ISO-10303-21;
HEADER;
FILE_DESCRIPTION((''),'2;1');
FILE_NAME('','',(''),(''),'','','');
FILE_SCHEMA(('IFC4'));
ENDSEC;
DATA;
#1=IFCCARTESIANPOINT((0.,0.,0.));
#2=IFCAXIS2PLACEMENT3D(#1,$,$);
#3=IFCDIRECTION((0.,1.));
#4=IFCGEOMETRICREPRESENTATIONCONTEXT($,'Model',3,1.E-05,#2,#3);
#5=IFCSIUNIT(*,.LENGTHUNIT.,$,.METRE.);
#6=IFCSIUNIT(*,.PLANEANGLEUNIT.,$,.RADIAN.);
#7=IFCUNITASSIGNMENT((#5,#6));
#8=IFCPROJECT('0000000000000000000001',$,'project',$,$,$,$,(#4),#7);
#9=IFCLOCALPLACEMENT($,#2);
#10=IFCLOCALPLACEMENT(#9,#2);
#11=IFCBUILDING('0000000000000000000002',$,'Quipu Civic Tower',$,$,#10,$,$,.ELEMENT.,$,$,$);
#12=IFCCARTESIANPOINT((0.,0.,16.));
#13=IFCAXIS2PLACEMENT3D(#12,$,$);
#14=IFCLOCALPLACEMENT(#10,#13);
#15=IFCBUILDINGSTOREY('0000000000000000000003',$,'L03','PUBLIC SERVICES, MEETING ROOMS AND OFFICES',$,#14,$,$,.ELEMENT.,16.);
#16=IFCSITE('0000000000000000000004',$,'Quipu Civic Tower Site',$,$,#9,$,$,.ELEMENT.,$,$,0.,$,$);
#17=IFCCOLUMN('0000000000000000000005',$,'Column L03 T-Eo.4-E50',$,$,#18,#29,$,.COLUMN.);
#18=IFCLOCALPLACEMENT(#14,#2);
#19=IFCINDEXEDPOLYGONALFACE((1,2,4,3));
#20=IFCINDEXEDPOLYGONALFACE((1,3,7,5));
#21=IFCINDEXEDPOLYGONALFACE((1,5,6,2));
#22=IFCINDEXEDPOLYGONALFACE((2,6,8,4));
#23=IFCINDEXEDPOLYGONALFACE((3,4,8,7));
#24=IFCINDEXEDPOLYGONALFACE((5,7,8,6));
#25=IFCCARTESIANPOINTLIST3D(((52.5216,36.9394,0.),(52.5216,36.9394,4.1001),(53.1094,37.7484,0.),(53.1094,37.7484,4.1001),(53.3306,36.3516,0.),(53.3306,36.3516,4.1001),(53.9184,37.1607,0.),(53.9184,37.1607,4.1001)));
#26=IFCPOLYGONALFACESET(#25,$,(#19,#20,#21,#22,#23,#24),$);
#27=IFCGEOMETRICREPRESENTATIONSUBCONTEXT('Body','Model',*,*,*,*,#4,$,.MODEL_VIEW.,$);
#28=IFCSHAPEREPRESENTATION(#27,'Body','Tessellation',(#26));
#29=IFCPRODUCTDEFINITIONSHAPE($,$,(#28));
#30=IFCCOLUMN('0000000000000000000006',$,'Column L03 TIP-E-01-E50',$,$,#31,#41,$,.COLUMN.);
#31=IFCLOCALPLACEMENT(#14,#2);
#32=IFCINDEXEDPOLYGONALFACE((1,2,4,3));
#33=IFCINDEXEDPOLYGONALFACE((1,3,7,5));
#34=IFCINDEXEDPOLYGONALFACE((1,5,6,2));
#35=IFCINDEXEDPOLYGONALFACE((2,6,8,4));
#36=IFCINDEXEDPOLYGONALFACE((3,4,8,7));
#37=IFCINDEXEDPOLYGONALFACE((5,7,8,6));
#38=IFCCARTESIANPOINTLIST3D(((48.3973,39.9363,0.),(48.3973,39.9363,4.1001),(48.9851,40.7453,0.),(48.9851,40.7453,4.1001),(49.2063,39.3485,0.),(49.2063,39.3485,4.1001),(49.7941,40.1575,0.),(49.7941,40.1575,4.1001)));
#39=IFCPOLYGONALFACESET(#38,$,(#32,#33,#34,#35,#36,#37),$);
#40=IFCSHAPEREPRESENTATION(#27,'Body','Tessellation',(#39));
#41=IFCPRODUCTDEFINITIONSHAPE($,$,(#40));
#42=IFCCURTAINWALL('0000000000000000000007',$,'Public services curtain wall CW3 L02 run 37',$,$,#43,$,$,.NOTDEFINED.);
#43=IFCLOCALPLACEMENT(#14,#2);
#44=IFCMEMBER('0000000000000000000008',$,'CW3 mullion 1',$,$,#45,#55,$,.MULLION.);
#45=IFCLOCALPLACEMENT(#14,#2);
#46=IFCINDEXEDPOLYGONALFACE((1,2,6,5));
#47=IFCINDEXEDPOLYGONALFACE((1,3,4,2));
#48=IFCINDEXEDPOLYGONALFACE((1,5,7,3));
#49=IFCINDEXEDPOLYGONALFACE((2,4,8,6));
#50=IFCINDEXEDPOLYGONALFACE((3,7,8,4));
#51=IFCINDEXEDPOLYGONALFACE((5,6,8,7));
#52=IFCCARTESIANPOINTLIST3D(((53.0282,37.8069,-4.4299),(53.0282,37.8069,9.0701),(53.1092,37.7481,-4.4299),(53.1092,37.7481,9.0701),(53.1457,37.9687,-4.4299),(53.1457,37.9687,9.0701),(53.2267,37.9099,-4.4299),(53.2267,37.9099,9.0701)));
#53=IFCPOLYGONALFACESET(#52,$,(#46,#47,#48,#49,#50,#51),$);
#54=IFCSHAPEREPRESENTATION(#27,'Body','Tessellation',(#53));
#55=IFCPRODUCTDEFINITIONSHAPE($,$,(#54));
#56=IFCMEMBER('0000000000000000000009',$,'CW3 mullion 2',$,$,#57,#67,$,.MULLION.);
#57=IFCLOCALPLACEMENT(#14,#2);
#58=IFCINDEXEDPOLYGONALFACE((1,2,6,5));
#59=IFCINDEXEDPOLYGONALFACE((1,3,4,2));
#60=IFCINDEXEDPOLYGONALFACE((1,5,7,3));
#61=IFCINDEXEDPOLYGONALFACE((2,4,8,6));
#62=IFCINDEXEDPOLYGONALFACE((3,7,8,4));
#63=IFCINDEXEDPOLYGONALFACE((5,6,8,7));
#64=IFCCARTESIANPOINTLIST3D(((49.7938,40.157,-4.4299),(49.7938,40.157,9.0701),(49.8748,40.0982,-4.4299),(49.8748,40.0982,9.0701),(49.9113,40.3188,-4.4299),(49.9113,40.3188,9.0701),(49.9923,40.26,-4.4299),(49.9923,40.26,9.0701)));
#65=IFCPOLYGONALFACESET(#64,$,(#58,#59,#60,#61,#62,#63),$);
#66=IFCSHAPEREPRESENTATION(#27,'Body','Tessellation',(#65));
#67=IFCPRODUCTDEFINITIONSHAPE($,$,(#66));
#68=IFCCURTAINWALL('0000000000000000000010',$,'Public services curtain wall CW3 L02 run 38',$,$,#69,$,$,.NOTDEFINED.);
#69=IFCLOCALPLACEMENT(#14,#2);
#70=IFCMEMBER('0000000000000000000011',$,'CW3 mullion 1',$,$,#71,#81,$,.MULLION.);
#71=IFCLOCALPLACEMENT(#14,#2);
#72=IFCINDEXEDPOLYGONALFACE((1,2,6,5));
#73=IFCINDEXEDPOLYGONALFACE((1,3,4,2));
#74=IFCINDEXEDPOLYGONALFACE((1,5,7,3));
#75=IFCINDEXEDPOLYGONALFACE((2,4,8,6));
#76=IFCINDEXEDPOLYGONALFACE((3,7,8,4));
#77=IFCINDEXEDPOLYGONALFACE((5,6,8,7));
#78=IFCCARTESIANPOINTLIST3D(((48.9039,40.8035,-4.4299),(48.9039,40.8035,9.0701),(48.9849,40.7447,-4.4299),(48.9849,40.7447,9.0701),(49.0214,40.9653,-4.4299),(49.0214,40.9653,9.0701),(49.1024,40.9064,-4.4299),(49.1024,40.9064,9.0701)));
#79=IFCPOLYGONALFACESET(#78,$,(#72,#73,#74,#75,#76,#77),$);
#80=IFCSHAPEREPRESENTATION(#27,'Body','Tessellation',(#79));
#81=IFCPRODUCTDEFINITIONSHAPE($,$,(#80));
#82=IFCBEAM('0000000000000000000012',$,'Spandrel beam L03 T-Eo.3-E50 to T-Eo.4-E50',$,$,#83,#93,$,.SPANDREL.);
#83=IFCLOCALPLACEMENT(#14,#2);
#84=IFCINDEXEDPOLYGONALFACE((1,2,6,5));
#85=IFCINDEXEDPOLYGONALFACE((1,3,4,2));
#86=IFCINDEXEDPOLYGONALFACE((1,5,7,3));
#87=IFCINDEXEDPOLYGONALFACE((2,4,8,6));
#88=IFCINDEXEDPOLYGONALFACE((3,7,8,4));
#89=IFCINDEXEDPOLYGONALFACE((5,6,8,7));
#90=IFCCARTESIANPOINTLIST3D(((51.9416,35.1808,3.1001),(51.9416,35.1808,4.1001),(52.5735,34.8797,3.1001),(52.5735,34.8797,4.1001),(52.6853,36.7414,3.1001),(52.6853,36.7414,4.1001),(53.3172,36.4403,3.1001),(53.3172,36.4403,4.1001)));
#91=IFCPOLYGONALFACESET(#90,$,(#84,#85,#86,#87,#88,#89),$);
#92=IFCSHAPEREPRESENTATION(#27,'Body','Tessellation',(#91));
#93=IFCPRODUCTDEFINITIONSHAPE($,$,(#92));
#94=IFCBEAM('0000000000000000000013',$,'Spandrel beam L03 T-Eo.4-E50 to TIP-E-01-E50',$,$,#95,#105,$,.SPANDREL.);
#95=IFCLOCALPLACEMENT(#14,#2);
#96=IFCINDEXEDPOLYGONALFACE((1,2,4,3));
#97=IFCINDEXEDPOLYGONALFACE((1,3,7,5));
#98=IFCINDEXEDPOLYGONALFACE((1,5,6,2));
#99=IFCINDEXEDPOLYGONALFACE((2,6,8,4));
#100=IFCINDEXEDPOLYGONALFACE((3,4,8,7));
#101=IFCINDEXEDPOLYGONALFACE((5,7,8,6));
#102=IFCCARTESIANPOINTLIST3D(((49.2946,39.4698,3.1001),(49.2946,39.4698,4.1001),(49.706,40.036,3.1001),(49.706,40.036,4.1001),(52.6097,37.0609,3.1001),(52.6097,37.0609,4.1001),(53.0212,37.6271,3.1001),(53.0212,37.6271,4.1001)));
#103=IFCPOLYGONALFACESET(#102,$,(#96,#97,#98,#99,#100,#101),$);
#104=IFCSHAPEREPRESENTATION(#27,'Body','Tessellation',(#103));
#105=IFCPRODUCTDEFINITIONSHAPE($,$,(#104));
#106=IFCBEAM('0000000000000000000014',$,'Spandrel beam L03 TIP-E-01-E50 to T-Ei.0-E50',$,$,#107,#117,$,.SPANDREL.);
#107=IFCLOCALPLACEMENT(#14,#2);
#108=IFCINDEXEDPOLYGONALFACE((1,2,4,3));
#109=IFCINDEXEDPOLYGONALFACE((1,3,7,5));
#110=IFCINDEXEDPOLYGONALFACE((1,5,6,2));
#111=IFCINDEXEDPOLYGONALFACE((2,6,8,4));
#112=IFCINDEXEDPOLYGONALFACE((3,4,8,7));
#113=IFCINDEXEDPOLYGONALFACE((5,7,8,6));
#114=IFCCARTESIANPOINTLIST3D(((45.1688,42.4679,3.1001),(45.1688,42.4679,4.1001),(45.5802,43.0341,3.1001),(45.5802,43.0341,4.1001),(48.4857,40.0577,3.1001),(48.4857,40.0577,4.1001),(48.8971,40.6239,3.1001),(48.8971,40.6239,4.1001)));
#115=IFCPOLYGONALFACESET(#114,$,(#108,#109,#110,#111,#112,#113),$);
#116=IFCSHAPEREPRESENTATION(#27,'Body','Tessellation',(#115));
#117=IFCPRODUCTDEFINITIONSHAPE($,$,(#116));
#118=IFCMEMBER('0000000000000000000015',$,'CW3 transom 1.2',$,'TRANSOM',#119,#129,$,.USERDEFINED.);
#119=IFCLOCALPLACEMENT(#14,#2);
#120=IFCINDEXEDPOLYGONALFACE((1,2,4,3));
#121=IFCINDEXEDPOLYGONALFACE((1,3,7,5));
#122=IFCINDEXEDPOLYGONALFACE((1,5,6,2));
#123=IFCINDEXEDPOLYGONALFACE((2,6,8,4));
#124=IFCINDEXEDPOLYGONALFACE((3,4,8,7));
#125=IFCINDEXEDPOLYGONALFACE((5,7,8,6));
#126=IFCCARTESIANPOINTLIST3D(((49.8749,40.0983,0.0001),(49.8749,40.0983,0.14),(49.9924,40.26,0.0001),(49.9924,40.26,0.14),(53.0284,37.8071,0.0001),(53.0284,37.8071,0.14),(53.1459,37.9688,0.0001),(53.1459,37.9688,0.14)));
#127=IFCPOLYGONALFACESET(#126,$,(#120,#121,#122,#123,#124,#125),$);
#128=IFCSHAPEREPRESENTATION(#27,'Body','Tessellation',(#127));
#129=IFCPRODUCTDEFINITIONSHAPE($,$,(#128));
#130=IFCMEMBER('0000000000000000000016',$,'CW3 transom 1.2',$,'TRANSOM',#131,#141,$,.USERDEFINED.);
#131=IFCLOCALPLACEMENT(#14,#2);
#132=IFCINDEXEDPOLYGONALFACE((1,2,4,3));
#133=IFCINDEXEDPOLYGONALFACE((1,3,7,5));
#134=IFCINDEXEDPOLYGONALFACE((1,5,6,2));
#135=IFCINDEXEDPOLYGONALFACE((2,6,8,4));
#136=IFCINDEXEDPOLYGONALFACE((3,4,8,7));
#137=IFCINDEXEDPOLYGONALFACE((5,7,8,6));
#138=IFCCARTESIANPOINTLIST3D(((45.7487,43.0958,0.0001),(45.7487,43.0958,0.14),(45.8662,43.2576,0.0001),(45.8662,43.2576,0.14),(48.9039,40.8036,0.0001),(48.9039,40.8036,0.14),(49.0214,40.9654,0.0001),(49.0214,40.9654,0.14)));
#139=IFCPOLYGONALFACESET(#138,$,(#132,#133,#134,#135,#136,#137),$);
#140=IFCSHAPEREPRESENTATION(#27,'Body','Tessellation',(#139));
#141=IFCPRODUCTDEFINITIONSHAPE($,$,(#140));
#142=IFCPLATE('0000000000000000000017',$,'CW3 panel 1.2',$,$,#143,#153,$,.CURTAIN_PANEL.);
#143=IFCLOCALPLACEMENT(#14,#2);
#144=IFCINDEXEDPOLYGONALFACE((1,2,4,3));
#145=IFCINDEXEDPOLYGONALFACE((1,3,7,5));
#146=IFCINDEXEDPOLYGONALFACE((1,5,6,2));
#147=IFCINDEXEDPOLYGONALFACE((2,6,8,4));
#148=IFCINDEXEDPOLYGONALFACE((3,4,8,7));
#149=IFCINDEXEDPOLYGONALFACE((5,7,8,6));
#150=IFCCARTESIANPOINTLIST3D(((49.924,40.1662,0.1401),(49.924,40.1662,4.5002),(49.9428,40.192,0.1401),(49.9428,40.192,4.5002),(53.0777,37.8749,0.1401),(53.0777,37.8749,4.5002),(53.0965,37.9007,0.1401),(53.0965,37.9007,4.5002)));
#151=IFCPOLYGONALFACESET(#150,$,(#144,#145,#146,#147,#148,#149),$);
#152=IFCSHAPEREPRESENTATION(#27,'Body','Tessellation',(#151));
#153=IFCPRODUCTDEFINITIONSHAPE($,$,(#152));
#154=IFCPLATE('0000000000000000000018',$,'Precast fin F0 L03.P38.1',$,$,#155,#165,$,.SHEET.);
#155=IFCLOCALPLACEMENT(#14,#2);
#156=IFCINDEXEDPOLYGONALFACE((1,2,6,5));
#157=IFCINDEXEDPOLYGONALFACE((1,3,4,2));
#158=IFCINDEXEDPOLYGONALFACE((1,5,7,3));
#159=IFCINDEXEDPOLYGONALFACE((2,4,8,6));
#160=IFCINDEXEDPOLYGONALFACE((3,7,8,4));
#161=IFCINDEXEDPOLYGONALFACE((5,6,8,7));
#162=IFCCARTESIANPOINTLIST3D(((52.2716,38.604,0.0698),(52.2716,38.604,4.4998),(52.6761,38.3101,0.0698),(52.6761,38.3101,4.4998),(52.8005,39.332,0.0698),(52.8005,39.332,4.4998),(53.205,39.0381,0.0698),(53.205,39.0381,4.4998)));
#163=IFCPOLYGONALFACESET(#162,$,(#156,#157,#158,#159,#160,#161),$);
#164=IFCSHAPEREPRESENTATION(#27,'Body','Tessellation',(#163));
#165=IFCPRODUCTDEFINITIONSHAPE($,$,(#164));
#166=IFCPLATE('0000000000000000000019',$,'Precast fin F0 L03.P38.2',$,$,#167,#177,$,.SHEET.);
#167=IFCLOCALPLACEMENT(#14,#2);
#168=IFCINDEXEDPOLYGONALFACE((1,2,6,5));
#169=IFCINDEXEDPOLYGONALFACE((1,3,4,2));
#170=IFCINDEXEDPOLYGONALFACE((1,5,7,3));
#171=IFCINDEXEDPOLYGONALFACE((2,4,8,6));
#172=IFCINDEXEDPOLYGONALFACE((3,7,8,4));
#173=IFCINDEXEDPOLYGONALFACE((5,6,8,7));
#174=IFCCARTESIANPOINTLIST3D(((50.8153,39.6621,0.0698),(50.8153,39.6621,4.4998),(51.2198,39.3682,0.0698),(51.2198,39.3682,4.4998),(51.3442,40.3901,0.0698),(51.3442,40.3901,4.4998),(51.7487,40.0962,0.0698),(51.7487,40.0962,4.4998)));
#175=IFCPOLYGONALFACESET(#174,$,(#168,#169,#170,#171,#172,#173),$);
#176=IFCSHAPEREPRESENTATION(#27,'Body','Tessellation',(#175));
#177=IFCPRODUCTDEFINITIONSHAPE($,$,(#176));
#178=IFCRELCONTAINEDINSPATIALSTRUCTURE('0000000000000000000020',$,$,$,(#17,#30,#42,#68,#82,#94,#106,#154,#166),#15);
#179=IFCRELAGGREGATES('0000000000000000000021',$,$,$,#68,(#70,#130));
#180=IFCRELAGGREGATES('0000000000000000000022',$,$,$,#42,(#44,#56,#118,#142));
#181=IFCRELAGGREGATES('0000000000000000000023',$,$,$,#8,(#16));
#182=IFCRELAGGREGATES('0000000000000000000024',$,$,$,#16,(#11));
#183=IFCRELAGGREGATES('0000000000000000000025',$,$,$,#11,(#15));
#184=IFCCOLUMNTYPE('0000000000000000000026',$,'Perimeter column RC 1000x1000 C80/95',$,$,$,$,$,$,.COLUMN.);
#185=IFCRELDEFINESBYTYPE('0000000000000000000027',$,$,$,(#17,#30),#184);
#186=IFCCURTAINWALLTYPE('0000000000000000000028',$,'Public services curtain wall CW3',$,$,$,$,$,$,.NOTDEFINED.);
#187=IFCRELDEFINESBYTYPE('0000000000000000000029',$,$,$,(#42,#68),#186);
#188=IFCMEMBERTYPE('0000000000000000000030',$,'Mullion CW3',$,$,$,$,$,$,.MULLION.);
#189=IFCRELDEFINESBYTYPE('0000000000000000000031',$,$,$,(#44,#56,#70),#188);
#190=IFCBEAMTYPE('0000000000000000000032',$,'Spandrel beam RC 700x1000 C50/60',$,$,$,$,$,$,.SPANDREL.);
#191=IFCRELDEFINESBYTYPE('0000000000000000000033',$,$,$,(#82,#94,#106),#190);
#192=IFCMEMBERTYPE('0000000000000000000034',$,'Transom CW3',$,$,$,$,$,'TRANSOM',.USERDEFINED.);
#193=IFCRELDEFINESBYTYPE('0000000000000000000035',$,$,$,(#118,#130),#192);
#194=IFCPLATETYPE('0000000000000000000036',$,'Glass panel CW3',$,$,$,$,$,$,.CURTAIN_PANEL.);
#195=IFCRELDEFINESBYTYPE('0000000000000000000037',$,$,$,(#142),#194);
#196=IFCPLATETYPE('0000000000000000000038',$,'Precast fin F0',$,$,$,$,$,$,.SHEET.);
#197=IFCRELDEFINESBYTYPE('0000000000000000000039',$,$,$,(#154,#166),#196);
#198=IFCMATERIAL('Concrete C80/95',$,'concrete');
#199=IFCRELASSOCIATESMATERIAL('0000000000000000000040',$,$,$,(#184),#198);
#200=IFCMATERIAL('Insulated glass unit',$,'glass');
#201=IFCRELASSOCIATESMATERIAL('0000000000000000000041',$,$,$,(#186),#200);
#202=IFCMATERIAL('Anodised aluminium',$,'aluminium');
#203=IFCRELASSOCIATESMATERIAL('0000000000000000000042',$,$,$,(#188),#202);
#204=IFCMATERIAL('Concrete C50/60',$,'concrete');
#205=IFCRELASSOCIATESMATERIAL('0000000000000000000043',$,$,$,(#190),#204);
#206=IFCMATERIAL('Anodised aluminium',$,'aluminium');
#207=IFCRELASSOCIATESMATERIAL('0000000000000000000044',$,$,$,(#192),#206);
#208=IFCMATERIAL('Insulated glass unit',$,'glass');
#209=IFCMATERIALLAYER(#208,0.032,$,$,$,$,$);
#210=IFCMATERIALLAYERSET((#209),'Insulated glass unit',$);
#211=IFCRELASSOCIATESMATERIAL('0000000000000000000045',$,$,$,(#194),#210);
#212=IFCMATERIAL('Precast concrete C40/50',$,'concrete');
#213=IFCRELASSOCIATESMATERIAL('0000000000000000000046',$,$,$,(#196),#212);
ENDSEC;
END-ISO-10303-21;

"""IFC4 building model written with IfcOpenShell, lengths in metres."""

from ifc_helpers import new_model, si_unit, direction, frame, origin, origin_2d, place, context, subcontext, project, spatial, rectangle, extrude, material, layer, layer_set, material_profile, profile_set, type_object, element, aggregate, save


model = new_model("IFC4")

# Units and contexts
model_context = context("Model", 3, precision=1e-05, world=origin(), true_north=direction((0.0, 1.0)))
body_context = subcontext(model_context, "Body", "Model", "MODEL_VIEW")
ifc_project = project(units=[si_unit("LENGTHUNIT", "METRE"), si_unit("PLANEANGLEUNIT", "RADIAN")], contexts=[model_context])

# Site, building, storey
site_placement = place(None, origin())
site = spatial("IfcSite", under=ifc_project, at=site_placement, Name="Quipu Civic Tower Site", CompositionType="ELEMENT", RefElevation=0.0)
building_placement = place(site_placement, origin())
building = spatial("IfcBuilding", under=site, at=building_placement, Name="Quipu Civic Tower", CompositionType="ELEMENT")
storey_placement = place(building_placement, frame((0.0, 0.0, 16.0)))
storey = spatial("IfcBuildingStorey", under=building, at=storey_placement, Name="L03", Description="PUBLIC SERVICES, MEETING ROOMS AND OFFICES", CompositionType="ELEMENT", Elevation=16.0)

# Columns
ifc_material_1 = material(Name="Concrete C80/95", Category="concrete")
ifc_material_profile_1 = material_profile(ifc_material_1, rectangle(XDim=1.0, YDim=1.0, at=origin_2d()), Name="RC1000x1000")
ifc_profile_set_1 = profile_set([ifc_material_profile_1], Name="Concrete C80/95")
column_type = type_object("IfcColumnType", Name="Perimeter column RC 1000x1000 C80/95", PredefinedType="COLUMN", material=ifc_profile_set_1)
for number, where, z_axis, x_axis, name in (
    (1, (53.22, 37.05, 0.0), (0.0, 0.0, 1.0), (-0.809017, 0.587785, 0.0), "Column L03 T-Eo.4-E50"),
    (2, (49.0957, 40.0469, 0.0), (0.0, 0.0, 1.0), (-0.809017, 0.587785, 0.0), "Column L03 TIP-E-01-E50"),
):
    element("IfcColumn", number, at=place(storey_placement, frame(where, z_axis=z_axis, x_axis=x_axis)), inside=storey, type_object=column_type, Name=name, PredefinedType="COLUMN", context=body_context, shape_type="SweptSolid", body=[
        extrude(rectangle(XDim=1.0, YDim=1.0, at=origin_2d()), origin(), (0.0, 0.0, 1.0), 4.1001),
    ])

# Curtain wall, members
ifc_material_2 = material(Name="Insulated glass unit", Category="glass")
curtain_wall_type = type_object("IfcCurtainWallType", Name="Public services curtain wall CW3", PredefinedType="NOTDEFINED", material=ifc_material_2)
curtain_wall_1_placement = place(storey_placement, origin())
curtain_wall_1 = element("IfcCurtainWall", 3, at=curtain_wall_1_placement, inside=storey, type_object=curtain_wall_type, Name="Public services curtain wall CW3 L02 run 37", PredefinedType="NOTDEFINED")
ifc_material_3 = material(Name="Anodised aluminium", Category="aluminium")
ifc_material_profile_2 = material_profile(ifc_material_3, rectangle(XDim=0.2, YDim=0.1001, at=origin_2d()), Name="RECT 200x100")
ifc_profile_set_2 = profile_set([ifc_material_profile_2], Name="Anodised aluminium")
member_type_1 = type_object("IfcMemberType", Name="Mullion CW3", PredefinedType="MULLION", material=ifc_profile_set_2)
member_1_placement = place(storey_placement, frame((53.1274, 37.8584, -4.4299), z_axis=(0.0, 0.0, 1.0), x_axis=(-0.587789, -0.809015, 0.0)))
member_1 = element("IfcMember", 4, at=member_1_placement, type_object=member_type_1, Name="CW3 mullion 1", PredefinedType="MULLION", context=body_context, shape_type="SweptSolid", body=[
    extrude(rectangle(XDim=0.2, YDim=0.1001, at=origin_2d()), origin(), (0.0, 0.0, 1.0), 13.5),
])
member_2_placement = place(storey_placement, frame((49.8931, 40.2085, -4.4299), z_axis=(0.0, 0.0, 1.0), x_axis=(-0.587789, -0.809015, 0.0)))
member_2 = element("IfcMember", 5, at=member_2_placement, type_object=member_type_1, Name="CW3 mullion 2", PredefinedType="MULLION", context=body_context, shape_type="SweptSolid", body=[
    extrude(rectangle(XDim=0.2, YDim=0.1001, at=origin_2d()), origin(), (0.0, 0.0, 1.0), 13.5),
])

# Curtain wall, member
curtain_wall_2_placement = place(storey_placement, origin())
curtain_wall_2 = element("IfcCurtainWall", 6, at=curtain_wall_2_placement, inside=storey, type_object=curtain_wall_type, Name="Public services curtain wall CW3 L02 run 38", PredefinedType="NOTDEFINED")
member_3_placement = place(storey_placement, frame((49.0032, 40.855, -4.4299), z_axis=(0.0, 0.0, 1.0), x_axis=(-0.587767, -0.80903, 0.0)))
member_3 = element("IfcMember", 7, at=member_3_placement, type_object=member_type_1, Name="CW3 mullion 1", PredefinedType="MULLION", context=body_context, shape_type="SweptSolid", body=[
    extrude(rectangle(XDim=0.2, YDim=0.1001, at=origin_2d()), origin(), (0.0, 0.0, 1.0), 13.5),
])

# Beams
ifc_material_4 = material(Name="Concrete C50/60", Category="concrete")
ifc_material_profile_3 = material_profile(ifc_material_4, rectangle(XDim=0.7, YDim=1.0, at=origin_2d()), Name="RC700x1000")
ifc_profile_set_3 = profile_set([ifc_material_profile_3], Name="Concrete C50/60")
beam_type = type_object("IfcBeamType", Name="Spandrel beam RC 700x1000 C50/60", PredefinedType="SPANDREL", material=ifc_profile_set_3)
beam_1_placement = place(storey_placement, frame((52.2576, 35.0303, 3.6001), z_axis=(0.430186, 0.90274, 0.0), x_axis=(-0.90274, 0.430186, 0.0)))
element("IfcBeam", 8, at=beam_1_placement, inside=storey, type_object=beam_type, Name="Spandrel beam L03 T-Eo.3-E50 to T-Eo.4-E50", PredefinedType="SPANDREL", context=body_context, shape_type="SweptSolid", body=[
    extrude(rectangle(XDim=0.7, YDim=1.0, at=origin_2d()), origin(), (0.0, 0.0, 1.0), 1.7288),
])
beam_2_placement = place(storey_placement, frame((52.8154, 37.344, 3.6001), z_axis=(-0.808981, 0.587835, 0.0), x_axis=(-0.587835, -0.808981, 0.0)))
element("IfcBeam", 9, at=beam_2_placement, inside=storey, type_object=beam_type, Name="Spandrel beam L03 T-Eo.4-E50 to TIP-E-01-E50", PredefinedType="SPANDREL", context=body_context, shape_type="SweptSolid", body=[
    extrude(rectangle(XDim=0.7, YDim=1.0, at=origin_2d()), origin(), (0.0, 0.0, 1.0), 4.0979),
])
beam_3_placement = place(storey_placement, frame((48.6914, 40.3408, 3.6001), z_axis=(-0.808983, 0.587832, 0.0), x_axis=(-0.587832, -0.808983, 0.0)))
element("IfcBeam", 10, at=beam_3_placement, inside=storey, type_object=beam_type, Name="Spandrel beam L03 TIP-E-01-E50 to T-Ei.0-E50", PredefinedType="SPANDREL", context=body_context, shape_type="SweptSolid", body=[
    extrude(rectangle(XDim=0.7, YDim=1.0, at=origin_2d()), origin(), (0.0, 0.0, 1.0), 4.1001),
])

# Members
ifc_material_5 = material(Name="Anodised aluminium", Category="aluminium")
ifc_material_profile_4 = material_profile(ifc_material_5, rectangle(XDim=0.2, YDim=0.1399, at=origin_2d()), Name="RECT 200x140")
ifc_profile_set_4 = profile_set([ifc_material_profile_4], Name="Anodised aluminium")
member_type_2 = type_object("IfcMemberType", Name="Transom CW3", ElementType="TRANSOM", PredefinedType="USERDEFINED", material=ifc_profile_set_4)
member_4_placement = place(storey_placement, frame((53.0872, 37.8879, 0.0701), z_axis=(-0.80901, 0.587796, 0.0), x_axis=(-0.587796, -0.80901, 0.0)))
member_4 = element("IfcMember", 11, at=member_4_placement, type_object=member_type_2, Name="CW3 transom 1.2", ObjectType="TRANSOM", PredefinedType="USERDEFINED", context=body_context, shape_type="SweptSolid", body=[
    extrude(rectangle(XDim=0.2, YDim=0.1399, at=origin_2d()), origin(), (0.0, 0.0, 1.0), 3.8979),
])
member_5_placement = place(storey_placement, frame((48.9626, 40.8845, 0.0701), z_axis=(-0.809042, 0.587751, 0.0), x_axis=(-0.587751, -0.809042, 0.0)))
member_5 = element("IfcMember", 12, at=member_5_placement, type_object=member_type_2, Name="CW3 transom 1.2", ObjectType="TRANSOM", PredefinedType="USERDEFINED", context=body_context, shape_type="SweptSolid", body=[
    extrude(rectangle(XDim=0.2, YDim=0.1399, at=origin_2d()), origin(), (0.0, 0.0, 1.0), 3.8999),
])
aggregate(curtain_wall_2, [member_3, member_5])

# Plate
ifc_material_6 = material(Name="Insulated glass unit", Category="glass")
ifc_layer_1 = layer(ifc_material_6, 0.032)
ifc_layer_set_1 = layer_set([ifc_layer_1], Name="Insulated glass unit")
plate_type_1 = type_object("IfcPlateType", Name="Glass panel CW3", PredefinedType="CURTAIN_PANEL", material=ifc_layer_set_1)
plate_placement = place(storey_placement, frame((51.5103, 39.0334, 0.1401), z_axis=(0.0, 0.0, 1.0), x_axis=(-0.809015, 0.587789, 0.0)))
plate = element("IfcPlate", 13, at=plate_placement, type_object=plate_type_1, Name="CW3 panel 1.2", PredefinedType="CURTAIN_PANEL", context=body_context, shape_type="SweptSolid", body=[
    extrude(rectangle(XDim=3.8982, YDim=0.032, at=origin_2d()), origin(), (0.0, 0.0, 1.0), 4.3601),
])
aggregate(curtain_wall_1, [member_1, member_2, member_4, plate])

# Plates
ifc_material_7 = material(Name="Precast concrete C40/50", Category="concrete")
plate_type_2 = type_object("IfcPlateType", Name="Precast fin F0", PredefinedType="SHEET", material=ifc_material_7)
for number, where, z_axis, x_axis, name in (
    (14, (52.7383, 38.821, 0.0698), (0.0, 0.0, 1.0), (-0.809021, 0.587779, 0.0), "Precast fin F0 L03.P38.1"),
    (15, (51.282, 39.8792, 0.0698), (0.0, 0.0, 1.0), (-0.809021, 0.587779, 0.0), "Precast fin F0 L03.P38.2"),
):
    element("IfcPlate", number, at=place(storey_placement, frame(where, z_axis=z_axis, x_axis=x_axis)), inside=storey, type_object=plate_type_2, Name=name, PredefinedType="SHEET", context=body_context, shape_type="SweptSolid", body=[
        extrude(rectangle(XDim=0.5, YDim=0.8999, at=origin_2d()), origin(), (0.0, 0.0, 1.0), 4.4299),
    ])

save(model, "model.ifc")
